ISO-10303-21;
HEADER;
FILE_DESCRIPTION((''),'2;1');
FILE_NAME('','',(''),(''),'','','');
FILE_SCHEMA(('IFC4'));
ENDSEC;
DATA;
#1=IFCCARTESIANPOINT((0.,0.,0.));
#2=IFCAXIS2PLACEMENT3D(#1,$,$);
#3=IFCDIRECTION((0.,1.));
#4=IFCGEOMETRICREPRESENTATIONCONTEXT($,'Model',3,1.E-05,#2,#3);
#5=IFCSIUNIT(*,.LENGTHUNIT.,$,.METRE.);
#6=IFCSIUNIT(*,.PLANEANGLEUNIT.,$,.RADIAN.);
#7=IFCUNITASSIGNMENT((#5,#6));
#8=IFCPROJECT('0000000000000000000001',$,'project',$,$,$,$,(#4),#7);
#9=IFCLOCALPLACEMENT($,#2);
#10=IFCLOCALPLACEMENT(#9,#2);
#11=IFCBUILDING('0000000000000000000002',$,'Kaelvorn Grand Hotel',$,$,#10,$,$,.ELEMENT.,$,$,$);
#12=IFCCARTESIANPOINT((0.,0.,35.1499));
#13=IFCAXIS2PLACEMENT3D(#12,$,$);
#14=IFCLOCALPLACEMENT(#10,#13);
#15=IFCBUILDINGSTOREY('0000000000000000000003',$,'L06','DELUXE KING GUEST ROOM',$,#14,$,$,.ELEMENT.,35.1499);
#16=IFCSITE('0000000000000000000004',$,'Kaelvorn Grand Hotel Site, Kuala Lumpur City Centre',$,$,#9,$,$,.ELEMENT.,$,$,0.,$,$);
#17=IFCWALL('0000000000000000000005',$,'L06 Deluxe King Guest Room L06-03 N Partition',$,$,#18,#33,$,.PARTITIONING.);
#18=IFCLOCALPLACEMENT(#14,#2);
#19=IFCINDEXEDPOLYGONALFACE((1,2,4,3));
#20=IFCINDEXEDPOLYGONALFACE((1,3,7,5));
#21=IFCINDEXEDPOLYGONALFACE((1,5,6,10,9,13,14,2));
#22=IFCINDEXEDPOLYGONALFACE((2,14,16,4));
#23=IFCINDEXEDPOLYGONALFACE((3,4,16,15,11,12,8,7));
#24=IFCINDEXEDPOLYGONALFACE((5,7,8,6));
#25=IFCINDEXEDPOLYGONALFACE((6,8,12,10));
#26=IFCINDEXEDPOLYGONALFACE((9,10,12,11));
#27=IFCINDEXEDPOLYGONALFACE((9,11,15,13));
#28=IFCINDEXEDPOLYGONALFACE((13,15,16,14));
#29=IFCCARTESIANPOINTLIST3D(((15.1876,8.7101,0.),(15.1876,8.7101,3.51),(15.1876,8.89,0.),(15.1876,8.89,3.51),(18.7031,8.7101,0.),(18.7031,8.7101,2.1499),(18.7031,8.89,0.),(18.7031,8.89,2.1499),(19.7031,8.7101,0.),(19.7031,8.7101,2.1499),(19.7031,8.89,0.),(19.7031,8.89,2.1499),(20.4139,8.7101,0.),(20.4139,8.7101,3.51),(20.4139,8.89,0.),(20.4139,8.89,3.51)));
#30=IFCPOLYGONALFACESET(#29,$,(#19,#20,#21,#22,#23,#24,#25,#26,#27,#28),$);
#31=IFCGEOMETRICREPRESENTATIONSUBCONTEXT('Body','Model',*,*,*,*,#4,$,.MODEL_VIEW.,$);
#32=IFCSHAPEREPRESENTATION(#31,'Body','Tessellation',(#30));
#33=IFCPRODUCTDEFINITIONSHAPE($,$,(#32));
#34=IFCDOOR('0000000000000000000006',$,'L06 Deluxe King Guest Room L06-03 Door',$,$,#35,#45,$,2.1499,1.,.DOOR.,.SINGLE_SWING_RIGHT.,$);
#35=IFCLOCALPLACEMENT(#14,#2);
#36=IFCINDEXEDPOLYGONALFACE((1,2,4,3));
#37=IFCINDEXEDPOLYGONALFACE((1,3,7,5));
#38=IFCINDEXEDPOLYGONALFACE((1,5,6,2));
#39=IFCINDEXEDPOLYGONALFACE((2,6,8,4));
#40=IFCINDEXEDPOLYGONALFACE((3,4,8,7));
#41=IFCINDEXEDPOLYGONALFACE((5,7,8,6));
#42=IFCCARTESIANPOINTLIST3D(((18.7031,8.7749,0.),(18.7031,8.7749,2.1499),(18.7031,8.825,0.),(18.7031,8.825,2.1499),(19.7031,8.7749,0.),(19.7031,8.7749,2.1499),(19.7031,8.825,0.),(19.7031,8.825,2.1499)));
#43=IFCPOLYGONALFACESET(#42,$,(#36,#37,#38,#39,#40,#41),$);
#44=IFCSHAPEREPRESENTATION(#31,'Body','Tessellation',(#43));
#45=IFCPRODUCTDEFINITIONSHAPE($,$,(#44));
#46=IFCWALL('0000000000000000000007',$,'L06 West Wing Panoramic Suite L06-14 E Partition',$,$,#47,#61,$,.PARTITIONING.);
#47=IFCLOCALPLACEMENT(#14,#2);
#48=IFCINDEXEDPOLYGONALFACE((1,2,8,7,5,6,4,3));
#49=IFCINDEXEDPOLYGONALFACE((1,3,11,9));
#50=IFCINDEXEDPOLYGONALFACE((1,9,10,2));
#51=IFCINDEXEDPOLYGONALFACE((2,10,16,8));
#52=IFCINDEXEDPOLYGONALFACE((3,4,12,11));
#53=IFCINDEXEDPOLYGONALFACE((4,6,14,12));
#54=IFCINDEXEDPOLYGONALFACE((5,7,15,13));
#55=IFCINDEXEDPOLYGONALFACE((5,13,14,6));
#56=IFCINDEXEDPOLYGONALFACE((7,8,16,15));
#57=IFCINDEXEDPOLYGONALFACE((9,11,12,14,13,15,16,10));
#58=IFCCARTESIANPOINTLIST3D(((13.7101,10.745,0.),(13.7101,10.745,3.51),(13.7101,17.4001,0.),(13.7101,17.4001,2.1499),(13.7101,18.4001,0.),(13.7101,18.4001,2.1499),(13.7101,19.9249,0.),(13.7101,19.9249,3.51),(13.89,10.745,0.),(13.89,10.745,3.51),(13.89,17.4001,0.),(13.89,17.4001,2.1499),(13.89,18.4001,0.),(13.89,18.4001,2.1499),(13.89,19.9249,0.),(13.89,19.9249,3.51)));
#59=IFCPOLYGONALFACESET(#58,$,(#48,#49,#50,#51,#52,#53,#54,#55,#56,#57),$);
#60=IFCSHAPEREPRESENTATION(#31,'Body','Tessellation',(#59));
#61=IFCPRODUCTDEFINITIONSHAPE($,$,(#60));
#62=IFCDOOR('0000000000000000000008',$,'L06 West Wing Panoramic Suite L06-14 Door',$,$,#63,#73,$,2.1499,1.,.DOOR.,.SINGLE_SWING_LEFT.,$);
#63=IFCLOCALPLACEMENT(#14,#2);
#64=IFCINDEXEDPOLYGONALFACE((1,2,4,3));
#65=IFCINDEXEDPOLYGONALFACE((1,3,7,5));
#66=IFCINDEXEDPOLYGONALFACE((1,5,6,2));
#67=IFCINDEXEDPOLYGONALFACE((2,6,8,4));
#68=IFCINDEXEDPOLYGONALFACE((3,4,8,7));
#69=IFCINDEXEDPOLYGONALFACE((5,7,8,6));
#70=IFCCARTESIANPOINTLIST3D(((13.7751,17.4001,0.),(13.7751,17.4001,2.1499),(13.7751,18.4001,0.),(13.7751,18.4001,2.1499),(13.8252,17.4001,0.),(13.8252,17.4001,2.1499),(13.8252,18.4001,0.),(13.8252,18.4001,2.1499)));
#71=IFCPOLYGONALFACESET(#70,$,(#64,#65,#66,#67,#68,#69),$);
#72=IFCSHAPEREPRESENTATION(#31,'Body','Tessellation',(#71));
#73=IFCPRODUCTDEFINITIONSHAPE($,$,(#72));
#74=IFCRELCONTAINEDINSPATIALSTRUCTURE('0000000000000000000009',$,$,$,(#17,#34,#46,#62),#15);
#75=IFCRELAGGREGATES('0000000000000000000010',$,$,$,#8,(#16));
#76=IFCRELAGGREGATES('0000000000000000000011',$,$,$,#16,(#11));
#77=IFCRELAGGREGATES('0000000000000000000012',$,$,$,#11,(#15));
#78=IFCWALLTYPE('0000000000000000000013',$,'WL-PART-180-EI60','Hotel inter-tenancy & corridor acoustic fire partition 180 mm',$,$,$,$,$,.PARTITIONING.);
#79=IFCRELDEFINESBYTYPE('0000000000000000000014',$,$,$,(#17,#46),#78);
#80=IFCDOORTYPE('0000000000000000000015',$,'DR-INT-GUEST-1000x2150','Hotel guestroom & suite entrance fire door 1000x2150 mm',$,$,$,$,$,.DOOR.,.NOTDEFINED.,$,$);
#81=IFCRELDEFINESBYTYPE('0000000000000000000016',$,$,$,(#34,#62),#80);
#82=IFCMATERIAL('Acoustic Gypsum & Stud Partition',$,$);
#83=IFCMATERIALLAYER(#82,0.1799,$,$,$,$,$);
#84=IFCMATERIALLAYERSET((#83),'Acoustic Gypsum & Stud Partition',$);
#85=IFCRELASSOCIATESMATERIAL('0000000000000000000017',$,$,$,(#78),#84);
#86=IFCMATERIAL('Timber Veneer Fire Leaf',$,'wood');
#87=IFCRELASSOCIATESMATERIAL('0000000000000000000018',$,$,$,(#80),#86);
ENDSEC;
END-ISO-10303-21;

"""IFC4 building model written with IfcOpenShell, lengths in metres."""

from ifc_helpers import new_model, si_unit, direction, frame, frame_2d, origin, place, context, subcontext, project, spatial, rectangle, extrude, material, layer, layer_set, type_object, element, fill, save


model = new_model("IFC4")

# Units and contexts
model_context = context("Model", 3, precision=1e-05, world=origin(), true_north=direction((0.0, 1.0)))
body_context = subcontext(model_context, "Body", "Model", "MODEL_VIEW")
ifc_project = project(units=[si_unit("LENGTHUNIT", "METRE"), si_unit("PLANEANGLEUNIT", "RADIAN")], contexts=[model_context])

# Site, building, storey
site_placement = place(None, origin())
site = spatial("IfcSite", under=ifc_project, at=site_placement, Name="Kaelvorn Grand Hotel Site, Kuala Lumpur City Centre", CompositionType="ELEMENT", RefElevation=0.0)
building_placement = place(site_placement, origin())
building = spatial("IfcBuilding", under=site, at=building_placement, Name="Kaelvorn Grand Hotel", CompositionType="ELEMENT")
storey_placement = place(building_placement, frame((0.0, 0.0, 35.1499)))
storey = spatial("IfcBuildingStorey", under=building, at=storey_placement, Name="L06", Description="DELUXE KING GUEST ROOM", CompositionType="ELEMENT", Elevation=35.1499)

# Walls, openings, doors
ifc_material_1 = material(Name="Acoustic Gypsum & Stud Partition")
ifc_layer_1 = layer(ifc_material_1, 0.1799)
ifc_layer_set_1 = layer_set([ifc_layer_1], Name="Acoustic Gypsum & Stud Partition")
wall_type_1 = type_object("IfcWallType", Name="WL-PART-180-EI60", Description="Hotel inter-tenancy & corridor acoustic fire partition 180 mm", PredefinedType="PARTITIONING", material=ifc_layer_set_1)
ifc_material_2 = material(Name="Timber Veneer Fire Leaf", Category="wood")
door_type_1 = type_object("IfcDoorType", Name="DR-INT-GUEST-1000x2150", Description="Hotel guestroom & suite entrance fire door 1000x2150 mm", OperationType="NOTDEFINED", PredefinedType="DOOR", material=ifc_material_2)
wall_1_placement = place(storey_placement, frame((15.1875, 8.8, 0.0), z_axis=(0.0, 0.0, 1.0), x_axis=(1.0, 0.0, 0.0)))
wall_1 = element("IfcWall", 1, at=wall_1_placement, inside=storey, type_object=wall_type_1, Name="L06 Deluxe King Guest Room L06-03 N Partition", PredefinedType="PARTITIONING", context=body_context, shape_type="SweptSolid", body=[
    extrude(rectangle(XDim=5.2263, YDim=0.1799, at=frame_2d((2.6133, 0.0))), origin(), (0.0, 0.0, 1.0), 3.51),
])
opening_1_placement = place(wall_1_placement, frame((3.5156, 0.0, 0.0)))
opening_1 = element("IfcOpeningElement", 2, at=opening_1_placement, cuts=wall_1, PredefinedType="OPENING", context=body_context, shape_type="SweptSolid", body=[
    extrude(rectangle(XDim=1.0, YDim=2.1499, at=frame_2d((0.5, 1.075))), frame((0.0, 0.1001, 0.0), z_axis=(0.0, -1.0, 0.0), x_axis=(1.0, 0.0, 0.0)), (0.0, 0.0, 1.0), 0.2),
])
door_1_placement = place(opening_1_placement, origin())
door_1 = element("IfcDoor", 3, at=door_1_placement, inside=storey, type_object=door_type_1, Name="L06 Deluxe King Guest Room L06-03 Door", OperationType="SINGLE_SWING_RIGHT", OverallHeight=2.1499, OverallWidth=1.0, PredefinedType="DOOR", context=body_context, shape_type="SweptSolid", body=[
    extrude(rectangle(XDim=1.0, YDim=2.1499, at=frame_2d((0.5, 1.075))), frame((0.0, 0.0249, 0.0), z_axis=(0.0, -1.0, 0.0), x_axis=(1.0, 0.0, 0.0)), (0.0, 0.0, 1.0), 0.05),
])
fill(opening_1, door_1)
wall_2_placement = place(storey_placement, frame((13.8, 10.7451, 0.0), z_axis=(0.0, 0.0, 1.0), x_axis=(0.0, 1.0, 0.0)))
wall_2 = element("IfcWall", 4, at=wall_2_placement, inside=storey, type_object=wall_type_1, Name="L06 West Wing Panoramic Suite L06-14 E Partition", PredefinedType="PARTITIONING", context=body_context, shape_type="SweptSolid", body=[
    extrude(rectangle(XDim=9.1799, YDim=0.1799, at=frame_2d((4.5898, 0.0))), origin(), (0.0, 0.0, 1.0), 3.51),
])
opening_2_placement = place(wall_2_placement, frame((6.655, 0.0, 0.0)))
opening_2 = element("IfcOpeningElement", 5, at=opening_2_placement, cuts=wall_2, PredefinedType="OPENING", context=body_context, shape_type="SweptSolid", body=[
    extrude(rectangle(XDim=1.0, YDim=2.1499, at=frame_2d((0.5, 1.075))), frame((0.0, 0.1001, 0.0), z_axis=(0.0, -1.0, 0.0), x_axis=(1.0, 0.0, 0.0)), (0.0, 0.0, 1.0), 0.2),
])
door_2_placement = place(opening_2_placement, origin())
door_2 = element("IfcDoor", 6, at=door_2_placement, inside=storey, type_object=door_type_1, Name="L06 West Wing Panoramic Suite L06-14 Door", OperationType="SINGLE_SWING_LEFT", OverallHeight=2.1499, OverallWidth=1.0, PredefinedType="DOOR", context=body_context, shape_type="SweptSolid", body=[
    extrude(rectangle(XDim=1.0, YDim=2.1499, at=frame_2d((0.5, 1.075))), frame((0.0, 0.0249, 0.0), z_axis=(0.0, -1.0, 0.0), x_axis=(1.0, 0.0, 0.0)), (0.0, 0.0, 1.0), 0.05),
])
fill(opening_2, door_2)

save(model, "model.ifc")
